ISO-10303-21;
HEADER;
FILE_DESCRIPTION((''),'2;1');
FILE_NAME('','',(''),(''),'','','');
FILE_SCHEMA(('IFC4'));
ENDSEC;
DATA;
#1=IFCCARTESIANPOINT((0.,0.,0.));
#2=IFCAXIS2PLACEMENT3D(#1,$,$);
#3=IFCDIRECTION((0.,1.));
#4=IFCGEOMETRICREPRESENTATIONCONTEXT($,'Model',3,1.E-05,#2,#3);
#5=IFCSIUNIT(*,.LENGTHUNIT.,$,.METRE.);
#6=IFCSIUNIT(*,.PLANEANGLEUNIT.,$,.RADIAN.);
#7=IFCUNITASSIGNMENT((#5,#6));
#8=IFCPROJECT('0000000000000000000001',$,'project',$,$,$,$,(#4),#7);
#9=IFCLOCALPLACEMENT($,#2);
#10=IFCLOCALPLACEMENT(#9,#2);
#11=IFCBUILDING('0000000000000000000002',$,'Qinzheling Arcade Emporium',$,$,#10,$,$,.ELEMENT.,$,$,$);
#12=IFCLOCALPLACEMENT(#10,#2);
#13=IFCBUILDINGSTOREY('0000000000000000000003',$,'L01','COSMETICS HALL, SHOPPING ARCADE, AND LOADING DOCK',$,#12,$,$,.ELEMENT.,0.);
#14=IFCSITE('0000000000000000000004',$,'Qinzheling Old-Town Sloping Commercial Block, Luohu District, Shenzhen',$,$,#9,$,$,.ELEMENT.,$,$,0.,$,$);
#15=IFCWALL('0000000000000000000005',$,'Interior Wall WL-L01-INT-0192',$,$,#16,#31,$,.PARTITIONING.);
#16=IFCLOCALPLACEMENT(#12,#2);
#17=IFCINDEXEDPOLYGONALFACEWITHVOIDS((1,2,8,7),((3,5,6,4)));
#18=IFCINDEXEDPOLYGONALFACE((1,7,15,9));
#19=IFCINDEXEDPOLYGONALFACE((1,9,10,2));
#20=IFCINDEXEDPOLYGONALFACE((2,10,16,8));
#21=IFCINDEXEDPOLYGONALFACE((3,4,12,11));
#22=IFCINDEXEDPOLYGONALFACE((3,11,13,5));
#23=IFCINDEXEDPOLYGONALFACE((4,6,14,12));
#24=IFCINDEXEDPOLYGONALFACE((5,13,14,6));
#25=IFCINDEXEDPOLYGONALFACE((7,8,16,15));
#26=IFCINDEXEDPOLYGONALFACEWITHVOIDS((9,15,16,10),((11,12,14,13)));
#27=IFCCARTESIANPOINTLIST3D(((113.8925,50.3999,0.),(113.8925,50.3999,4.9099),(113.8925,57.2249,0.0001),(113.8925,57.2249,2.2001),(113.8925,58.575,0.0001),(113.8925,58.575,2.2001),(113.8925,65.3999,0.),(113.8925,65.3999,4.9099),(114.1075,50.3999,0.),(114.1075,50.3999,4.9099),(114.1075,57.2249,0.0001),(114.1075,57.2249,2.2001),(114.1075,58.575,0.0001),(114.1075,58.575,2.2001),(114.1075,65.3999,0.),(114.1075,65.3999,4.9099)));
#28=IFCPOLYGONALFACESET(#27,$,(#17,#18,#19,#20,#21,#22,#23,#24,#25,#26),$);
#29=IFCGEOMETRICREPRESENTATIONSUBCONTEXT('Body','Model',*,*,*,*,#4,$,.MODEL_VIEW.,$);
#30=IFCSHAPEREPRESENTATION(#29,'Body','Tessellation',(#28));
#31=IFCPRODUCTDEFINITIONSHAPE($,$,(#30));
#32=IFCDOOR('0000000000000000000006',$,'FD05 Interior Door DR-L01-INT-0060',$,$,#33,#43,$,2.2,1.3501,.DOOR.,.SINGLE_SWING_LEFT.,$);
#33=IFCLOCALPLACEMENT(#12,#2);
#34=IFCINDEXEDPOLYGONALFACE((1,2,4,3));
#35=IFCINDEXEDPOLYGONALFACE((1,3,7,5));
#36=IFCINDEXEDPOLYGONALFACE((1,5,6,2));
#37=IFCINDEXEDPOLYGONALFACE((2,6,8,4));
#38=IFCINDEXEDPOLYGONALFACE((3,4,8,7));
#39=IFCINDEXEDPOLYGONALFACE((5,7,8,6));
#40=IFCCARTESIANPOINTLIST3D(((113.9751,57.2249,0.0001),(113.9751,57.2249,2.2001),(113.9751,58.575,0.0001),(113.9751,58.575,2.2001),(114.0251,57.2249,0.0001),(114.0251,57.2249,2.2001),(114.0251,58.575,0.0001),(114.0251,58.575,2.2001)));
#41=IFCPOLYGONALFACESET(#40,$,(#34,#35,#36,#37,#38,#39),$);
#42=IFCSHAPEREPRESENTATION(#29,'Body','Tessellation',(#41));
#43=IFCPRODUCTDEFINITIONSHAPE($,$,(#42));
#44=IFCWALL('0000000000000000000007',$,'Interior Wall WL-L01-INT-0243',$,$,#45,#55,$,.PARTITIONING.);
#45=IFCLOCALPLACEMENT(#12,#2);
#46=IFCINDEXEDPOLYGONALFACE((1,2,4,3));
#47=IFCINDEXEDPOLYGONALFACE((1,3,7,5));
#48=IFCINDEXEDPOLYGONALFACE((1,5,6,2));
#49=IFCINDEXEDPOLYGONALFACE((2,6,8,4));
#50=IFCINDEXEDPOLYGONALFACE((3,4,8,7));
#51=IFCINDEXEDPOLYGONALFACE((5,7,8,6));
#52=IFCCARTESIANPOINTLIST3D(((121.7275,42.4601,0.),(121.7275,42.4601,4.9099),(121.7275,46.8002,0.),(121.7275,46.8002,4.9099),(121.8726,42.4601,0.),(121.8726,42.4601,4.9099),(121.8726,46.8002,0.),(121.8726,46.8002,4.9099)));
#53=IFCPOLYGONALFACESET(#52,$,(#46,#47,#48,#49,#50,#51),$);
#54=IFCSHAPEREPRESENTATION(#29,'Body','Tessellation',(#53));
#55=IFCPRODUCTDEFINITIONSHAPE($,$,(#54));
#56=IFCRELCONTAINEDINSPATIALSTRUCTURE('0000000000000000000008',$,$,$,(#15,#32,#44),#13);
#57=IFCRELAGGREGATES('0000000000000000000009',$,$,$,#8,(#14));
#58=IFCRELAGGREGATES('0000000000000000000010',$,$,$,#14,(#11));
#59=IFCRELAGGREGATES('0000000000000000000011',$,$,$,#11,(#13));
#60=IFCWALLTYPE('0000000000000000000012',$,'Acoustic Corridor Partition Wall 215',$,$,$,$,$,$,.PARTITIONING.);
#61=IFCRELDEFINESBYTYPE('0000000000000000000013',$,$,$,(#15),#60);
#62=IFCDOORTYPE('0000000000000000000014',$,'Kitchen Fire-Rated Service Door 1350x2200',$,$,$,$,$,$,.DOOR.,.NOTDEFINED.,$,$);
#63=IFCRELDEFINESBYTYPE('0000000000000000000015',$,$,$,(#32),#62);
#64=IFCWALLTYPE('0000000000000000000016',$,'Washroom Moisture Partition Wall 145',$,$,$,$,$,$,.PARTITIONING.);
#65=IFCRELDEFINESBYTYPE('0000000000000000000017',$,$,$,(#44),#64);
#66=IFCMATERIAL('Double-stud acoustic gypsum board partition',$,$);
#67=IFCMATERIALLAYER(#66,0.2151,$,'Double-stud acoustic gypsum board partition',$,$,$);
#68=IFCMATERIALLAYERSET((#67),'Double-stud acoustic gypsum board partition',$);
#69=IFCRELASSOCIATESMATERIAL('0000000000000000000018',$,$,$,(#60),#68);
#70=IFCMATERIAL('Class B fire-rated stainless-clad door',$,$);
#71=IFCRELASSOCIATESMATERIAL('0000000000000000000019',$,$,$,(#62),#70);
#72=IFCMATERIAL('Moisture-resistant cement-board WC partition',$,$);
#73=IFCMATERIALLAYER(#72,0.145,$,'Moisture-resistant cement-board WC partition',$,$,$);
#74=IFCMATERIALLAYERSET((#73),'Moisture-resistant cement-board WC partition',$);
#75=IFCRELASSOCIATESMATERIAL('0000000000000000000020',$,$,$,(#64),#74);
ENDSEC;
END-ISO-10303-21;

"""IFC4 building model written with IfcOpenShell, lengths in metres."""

from ifc_helpers import new_model, si_unit, direction, frame, frame_2d, origin, place, context, subcontext, project, spatial, rectangle, extrude, material, layer, layer_set, type_object, element, fill, save


model = new_model("IFC4")

# Units and contexts
model_context = context("Model", 3, precision=1e-05, world=origin(), true_north=direction((0.0, 1.0)))
body_context = subcontext(model_context, "Body", "Model", "MODEL_VIEW")
ifc_project = project(units=[si_unit("LENGTHUNIT", "METRE"), si_unit("PLANEANGLEUNIT", "RADIAN")], contexts=[model_context])

# Site, building, storey
site_placement = place(None, origin())
site = spatial("IfcSite", under=ifc_project, at=site_placement, Name="Qinzheling Old-Town Sloping Commercial Block, Luohu District, Shenzhen", CompositionType="ELEMENT", RefElevation=0.0)
building_placement = place(site_placement, origin())
building = spatial("IfcBuilding", under=site, at=building_placement, Name="Qinzheling Arcade Emporium", CompositionType="ELEMENT")
storey_placement = place(building_placement, origin())
storey = spatial("IfcBuildingStorey", under=building, at=storey_placement, Name="L01", Description="COSMETICS HALL, SHOPPING ARCADE, AND LOADING DOCK", CompositionType="ELEMENT", Elevation=0.0)

# Shared definitions
ifc_material_1 = material(Name="Double-stud acoustic gypsum board partition")
ifc_layer_1 = layer(ifc_material_1, 0.2151, Name="Double-stud acoustic gypsum board partition")
ifc_layer_set_1 = layer_set([ifc_layer_1], Name="Double-stud acoustic gypsum board partition")
wall_type_1 = type_object("IfcWallType", Name="Acoustic Corridor Partition Wall 215", PredefinedType="PARTITIONING", material=ifc_layer_set_1)

# Shared definitions
ifc_material_2 = material(Name="Class B fire-rated stainless-clad door")
door_type = type_object("IfcDoorType", Name="Kitchen Fire-Rated Service Door 1350x2200", OperationType="NOTDEFINED", PredefinedType="DOOR", material=ifc_material_2)

# Wall, opening, door
wall_1_placement = place(storey_placement, frame((114.0, 50.3999, 0.0), z_axis=(0.0, 0.0, 1.0), x_axis=(0.0, 1.0, 0.0)))
wall_1 = element("IfcWall", 1, at=wall_1_placement, inside=storey, type_object=wall_type_1, Name="Interior Wall WL-L01-INT-0192", PredefinedType="PARTITIONING", context=body_context, shape_type="SweptSolid", body=[
    extrude(rectangle(XDim=15.0, YDim=0.2151, at=frame_2d((7.5, 0.0))), origin(), (0.0, 0.0, 1.0), 4.9099),
])
opening_1_placement = place(wall_1_placement, frame((6.825, 0.0, 0.0)))
opening_1 = element("IfcOpeningElement", 2, at=opening_1_placement, cuts=wall_1, PredefinedType="OPENING", context=body_context, shape_type="SweptSolid", body=[
    extrude(rectangle(XDim=1.3501, YDim=2.2, at=frame_2d((0.675, 1.1001))), frame((0.0, 0.1177, 0.0), z_axis=(0.0, -1.0, 0.0), x_axis=(1.0, 0.0, 0.0)), (0.0, 0.0, 1.0), 0.2351),
])
door_1_placement = place(opening_1_placement, origin())
door_1 = element("IfcDoor", 3, at=door_1_placement, inside=storey, type_object=door_type, Name="FD05 Interior Door DR-L01-INT-0060", OperationType="SINGLE_SWING_LEFT", OverallHeight=2.2, OverallWidth=1.3501, PredefinedType="DOOR", context=body_context, shape_type="SweptSolid", body=[
    extrude(rectangle(XDim=1.3501, YDim=2.2, at=frame_2d((0.675, 1.1001))), frame((0.0, 0.0249, 0.0), z_axis=(0.0, -1.0, 0.0), x_axis=(1.0, 0.0, 0.0)), (0.0, 0.0, 1.0), 0.05),
])
fill(opening_1, door_1)

# Wall
ifc_material_3 = material(Name="Moisture-resistant cement-board WC partition")
ifc_layer_2 = layer(ifc_material_3, 0.145, Name="Moisture-resistant cement-board WC partition")
ifc_layer_set_2 = layer_set([ifc_layer_2], Name="Moisture-resistant cement-board WC partition")
wall_type_2 = type_object("IfcWallType", Name="Washroom Moisture Partition Wall 145", PredefinedType="PARTITIONING", material=ifc_layer_set_2)
wall_2_placement = place(storey_placement, frame((121.8, 46.8, 0.0), z_axis=(0.0, 0.0, 1.0), x_axis=(0.0, -1.0, 0.0)))
element("IfcWall", 4, at=wall_2_placement, inside=storey, type_object=wall_type_2, Name="Interior Wall WL-L01-INT-0243", PredefinedType="PARTITIONING", context=body_context, shape_type="SweptSolid", body=[
    extrude(rectangle(XDim=4.3401, YDim=0.145, at=frame_2d((2.1699, 0.0))), origin(), (0.0, 0.0, 1.0), 4.9099),
])

save(model, "model.ifc")
